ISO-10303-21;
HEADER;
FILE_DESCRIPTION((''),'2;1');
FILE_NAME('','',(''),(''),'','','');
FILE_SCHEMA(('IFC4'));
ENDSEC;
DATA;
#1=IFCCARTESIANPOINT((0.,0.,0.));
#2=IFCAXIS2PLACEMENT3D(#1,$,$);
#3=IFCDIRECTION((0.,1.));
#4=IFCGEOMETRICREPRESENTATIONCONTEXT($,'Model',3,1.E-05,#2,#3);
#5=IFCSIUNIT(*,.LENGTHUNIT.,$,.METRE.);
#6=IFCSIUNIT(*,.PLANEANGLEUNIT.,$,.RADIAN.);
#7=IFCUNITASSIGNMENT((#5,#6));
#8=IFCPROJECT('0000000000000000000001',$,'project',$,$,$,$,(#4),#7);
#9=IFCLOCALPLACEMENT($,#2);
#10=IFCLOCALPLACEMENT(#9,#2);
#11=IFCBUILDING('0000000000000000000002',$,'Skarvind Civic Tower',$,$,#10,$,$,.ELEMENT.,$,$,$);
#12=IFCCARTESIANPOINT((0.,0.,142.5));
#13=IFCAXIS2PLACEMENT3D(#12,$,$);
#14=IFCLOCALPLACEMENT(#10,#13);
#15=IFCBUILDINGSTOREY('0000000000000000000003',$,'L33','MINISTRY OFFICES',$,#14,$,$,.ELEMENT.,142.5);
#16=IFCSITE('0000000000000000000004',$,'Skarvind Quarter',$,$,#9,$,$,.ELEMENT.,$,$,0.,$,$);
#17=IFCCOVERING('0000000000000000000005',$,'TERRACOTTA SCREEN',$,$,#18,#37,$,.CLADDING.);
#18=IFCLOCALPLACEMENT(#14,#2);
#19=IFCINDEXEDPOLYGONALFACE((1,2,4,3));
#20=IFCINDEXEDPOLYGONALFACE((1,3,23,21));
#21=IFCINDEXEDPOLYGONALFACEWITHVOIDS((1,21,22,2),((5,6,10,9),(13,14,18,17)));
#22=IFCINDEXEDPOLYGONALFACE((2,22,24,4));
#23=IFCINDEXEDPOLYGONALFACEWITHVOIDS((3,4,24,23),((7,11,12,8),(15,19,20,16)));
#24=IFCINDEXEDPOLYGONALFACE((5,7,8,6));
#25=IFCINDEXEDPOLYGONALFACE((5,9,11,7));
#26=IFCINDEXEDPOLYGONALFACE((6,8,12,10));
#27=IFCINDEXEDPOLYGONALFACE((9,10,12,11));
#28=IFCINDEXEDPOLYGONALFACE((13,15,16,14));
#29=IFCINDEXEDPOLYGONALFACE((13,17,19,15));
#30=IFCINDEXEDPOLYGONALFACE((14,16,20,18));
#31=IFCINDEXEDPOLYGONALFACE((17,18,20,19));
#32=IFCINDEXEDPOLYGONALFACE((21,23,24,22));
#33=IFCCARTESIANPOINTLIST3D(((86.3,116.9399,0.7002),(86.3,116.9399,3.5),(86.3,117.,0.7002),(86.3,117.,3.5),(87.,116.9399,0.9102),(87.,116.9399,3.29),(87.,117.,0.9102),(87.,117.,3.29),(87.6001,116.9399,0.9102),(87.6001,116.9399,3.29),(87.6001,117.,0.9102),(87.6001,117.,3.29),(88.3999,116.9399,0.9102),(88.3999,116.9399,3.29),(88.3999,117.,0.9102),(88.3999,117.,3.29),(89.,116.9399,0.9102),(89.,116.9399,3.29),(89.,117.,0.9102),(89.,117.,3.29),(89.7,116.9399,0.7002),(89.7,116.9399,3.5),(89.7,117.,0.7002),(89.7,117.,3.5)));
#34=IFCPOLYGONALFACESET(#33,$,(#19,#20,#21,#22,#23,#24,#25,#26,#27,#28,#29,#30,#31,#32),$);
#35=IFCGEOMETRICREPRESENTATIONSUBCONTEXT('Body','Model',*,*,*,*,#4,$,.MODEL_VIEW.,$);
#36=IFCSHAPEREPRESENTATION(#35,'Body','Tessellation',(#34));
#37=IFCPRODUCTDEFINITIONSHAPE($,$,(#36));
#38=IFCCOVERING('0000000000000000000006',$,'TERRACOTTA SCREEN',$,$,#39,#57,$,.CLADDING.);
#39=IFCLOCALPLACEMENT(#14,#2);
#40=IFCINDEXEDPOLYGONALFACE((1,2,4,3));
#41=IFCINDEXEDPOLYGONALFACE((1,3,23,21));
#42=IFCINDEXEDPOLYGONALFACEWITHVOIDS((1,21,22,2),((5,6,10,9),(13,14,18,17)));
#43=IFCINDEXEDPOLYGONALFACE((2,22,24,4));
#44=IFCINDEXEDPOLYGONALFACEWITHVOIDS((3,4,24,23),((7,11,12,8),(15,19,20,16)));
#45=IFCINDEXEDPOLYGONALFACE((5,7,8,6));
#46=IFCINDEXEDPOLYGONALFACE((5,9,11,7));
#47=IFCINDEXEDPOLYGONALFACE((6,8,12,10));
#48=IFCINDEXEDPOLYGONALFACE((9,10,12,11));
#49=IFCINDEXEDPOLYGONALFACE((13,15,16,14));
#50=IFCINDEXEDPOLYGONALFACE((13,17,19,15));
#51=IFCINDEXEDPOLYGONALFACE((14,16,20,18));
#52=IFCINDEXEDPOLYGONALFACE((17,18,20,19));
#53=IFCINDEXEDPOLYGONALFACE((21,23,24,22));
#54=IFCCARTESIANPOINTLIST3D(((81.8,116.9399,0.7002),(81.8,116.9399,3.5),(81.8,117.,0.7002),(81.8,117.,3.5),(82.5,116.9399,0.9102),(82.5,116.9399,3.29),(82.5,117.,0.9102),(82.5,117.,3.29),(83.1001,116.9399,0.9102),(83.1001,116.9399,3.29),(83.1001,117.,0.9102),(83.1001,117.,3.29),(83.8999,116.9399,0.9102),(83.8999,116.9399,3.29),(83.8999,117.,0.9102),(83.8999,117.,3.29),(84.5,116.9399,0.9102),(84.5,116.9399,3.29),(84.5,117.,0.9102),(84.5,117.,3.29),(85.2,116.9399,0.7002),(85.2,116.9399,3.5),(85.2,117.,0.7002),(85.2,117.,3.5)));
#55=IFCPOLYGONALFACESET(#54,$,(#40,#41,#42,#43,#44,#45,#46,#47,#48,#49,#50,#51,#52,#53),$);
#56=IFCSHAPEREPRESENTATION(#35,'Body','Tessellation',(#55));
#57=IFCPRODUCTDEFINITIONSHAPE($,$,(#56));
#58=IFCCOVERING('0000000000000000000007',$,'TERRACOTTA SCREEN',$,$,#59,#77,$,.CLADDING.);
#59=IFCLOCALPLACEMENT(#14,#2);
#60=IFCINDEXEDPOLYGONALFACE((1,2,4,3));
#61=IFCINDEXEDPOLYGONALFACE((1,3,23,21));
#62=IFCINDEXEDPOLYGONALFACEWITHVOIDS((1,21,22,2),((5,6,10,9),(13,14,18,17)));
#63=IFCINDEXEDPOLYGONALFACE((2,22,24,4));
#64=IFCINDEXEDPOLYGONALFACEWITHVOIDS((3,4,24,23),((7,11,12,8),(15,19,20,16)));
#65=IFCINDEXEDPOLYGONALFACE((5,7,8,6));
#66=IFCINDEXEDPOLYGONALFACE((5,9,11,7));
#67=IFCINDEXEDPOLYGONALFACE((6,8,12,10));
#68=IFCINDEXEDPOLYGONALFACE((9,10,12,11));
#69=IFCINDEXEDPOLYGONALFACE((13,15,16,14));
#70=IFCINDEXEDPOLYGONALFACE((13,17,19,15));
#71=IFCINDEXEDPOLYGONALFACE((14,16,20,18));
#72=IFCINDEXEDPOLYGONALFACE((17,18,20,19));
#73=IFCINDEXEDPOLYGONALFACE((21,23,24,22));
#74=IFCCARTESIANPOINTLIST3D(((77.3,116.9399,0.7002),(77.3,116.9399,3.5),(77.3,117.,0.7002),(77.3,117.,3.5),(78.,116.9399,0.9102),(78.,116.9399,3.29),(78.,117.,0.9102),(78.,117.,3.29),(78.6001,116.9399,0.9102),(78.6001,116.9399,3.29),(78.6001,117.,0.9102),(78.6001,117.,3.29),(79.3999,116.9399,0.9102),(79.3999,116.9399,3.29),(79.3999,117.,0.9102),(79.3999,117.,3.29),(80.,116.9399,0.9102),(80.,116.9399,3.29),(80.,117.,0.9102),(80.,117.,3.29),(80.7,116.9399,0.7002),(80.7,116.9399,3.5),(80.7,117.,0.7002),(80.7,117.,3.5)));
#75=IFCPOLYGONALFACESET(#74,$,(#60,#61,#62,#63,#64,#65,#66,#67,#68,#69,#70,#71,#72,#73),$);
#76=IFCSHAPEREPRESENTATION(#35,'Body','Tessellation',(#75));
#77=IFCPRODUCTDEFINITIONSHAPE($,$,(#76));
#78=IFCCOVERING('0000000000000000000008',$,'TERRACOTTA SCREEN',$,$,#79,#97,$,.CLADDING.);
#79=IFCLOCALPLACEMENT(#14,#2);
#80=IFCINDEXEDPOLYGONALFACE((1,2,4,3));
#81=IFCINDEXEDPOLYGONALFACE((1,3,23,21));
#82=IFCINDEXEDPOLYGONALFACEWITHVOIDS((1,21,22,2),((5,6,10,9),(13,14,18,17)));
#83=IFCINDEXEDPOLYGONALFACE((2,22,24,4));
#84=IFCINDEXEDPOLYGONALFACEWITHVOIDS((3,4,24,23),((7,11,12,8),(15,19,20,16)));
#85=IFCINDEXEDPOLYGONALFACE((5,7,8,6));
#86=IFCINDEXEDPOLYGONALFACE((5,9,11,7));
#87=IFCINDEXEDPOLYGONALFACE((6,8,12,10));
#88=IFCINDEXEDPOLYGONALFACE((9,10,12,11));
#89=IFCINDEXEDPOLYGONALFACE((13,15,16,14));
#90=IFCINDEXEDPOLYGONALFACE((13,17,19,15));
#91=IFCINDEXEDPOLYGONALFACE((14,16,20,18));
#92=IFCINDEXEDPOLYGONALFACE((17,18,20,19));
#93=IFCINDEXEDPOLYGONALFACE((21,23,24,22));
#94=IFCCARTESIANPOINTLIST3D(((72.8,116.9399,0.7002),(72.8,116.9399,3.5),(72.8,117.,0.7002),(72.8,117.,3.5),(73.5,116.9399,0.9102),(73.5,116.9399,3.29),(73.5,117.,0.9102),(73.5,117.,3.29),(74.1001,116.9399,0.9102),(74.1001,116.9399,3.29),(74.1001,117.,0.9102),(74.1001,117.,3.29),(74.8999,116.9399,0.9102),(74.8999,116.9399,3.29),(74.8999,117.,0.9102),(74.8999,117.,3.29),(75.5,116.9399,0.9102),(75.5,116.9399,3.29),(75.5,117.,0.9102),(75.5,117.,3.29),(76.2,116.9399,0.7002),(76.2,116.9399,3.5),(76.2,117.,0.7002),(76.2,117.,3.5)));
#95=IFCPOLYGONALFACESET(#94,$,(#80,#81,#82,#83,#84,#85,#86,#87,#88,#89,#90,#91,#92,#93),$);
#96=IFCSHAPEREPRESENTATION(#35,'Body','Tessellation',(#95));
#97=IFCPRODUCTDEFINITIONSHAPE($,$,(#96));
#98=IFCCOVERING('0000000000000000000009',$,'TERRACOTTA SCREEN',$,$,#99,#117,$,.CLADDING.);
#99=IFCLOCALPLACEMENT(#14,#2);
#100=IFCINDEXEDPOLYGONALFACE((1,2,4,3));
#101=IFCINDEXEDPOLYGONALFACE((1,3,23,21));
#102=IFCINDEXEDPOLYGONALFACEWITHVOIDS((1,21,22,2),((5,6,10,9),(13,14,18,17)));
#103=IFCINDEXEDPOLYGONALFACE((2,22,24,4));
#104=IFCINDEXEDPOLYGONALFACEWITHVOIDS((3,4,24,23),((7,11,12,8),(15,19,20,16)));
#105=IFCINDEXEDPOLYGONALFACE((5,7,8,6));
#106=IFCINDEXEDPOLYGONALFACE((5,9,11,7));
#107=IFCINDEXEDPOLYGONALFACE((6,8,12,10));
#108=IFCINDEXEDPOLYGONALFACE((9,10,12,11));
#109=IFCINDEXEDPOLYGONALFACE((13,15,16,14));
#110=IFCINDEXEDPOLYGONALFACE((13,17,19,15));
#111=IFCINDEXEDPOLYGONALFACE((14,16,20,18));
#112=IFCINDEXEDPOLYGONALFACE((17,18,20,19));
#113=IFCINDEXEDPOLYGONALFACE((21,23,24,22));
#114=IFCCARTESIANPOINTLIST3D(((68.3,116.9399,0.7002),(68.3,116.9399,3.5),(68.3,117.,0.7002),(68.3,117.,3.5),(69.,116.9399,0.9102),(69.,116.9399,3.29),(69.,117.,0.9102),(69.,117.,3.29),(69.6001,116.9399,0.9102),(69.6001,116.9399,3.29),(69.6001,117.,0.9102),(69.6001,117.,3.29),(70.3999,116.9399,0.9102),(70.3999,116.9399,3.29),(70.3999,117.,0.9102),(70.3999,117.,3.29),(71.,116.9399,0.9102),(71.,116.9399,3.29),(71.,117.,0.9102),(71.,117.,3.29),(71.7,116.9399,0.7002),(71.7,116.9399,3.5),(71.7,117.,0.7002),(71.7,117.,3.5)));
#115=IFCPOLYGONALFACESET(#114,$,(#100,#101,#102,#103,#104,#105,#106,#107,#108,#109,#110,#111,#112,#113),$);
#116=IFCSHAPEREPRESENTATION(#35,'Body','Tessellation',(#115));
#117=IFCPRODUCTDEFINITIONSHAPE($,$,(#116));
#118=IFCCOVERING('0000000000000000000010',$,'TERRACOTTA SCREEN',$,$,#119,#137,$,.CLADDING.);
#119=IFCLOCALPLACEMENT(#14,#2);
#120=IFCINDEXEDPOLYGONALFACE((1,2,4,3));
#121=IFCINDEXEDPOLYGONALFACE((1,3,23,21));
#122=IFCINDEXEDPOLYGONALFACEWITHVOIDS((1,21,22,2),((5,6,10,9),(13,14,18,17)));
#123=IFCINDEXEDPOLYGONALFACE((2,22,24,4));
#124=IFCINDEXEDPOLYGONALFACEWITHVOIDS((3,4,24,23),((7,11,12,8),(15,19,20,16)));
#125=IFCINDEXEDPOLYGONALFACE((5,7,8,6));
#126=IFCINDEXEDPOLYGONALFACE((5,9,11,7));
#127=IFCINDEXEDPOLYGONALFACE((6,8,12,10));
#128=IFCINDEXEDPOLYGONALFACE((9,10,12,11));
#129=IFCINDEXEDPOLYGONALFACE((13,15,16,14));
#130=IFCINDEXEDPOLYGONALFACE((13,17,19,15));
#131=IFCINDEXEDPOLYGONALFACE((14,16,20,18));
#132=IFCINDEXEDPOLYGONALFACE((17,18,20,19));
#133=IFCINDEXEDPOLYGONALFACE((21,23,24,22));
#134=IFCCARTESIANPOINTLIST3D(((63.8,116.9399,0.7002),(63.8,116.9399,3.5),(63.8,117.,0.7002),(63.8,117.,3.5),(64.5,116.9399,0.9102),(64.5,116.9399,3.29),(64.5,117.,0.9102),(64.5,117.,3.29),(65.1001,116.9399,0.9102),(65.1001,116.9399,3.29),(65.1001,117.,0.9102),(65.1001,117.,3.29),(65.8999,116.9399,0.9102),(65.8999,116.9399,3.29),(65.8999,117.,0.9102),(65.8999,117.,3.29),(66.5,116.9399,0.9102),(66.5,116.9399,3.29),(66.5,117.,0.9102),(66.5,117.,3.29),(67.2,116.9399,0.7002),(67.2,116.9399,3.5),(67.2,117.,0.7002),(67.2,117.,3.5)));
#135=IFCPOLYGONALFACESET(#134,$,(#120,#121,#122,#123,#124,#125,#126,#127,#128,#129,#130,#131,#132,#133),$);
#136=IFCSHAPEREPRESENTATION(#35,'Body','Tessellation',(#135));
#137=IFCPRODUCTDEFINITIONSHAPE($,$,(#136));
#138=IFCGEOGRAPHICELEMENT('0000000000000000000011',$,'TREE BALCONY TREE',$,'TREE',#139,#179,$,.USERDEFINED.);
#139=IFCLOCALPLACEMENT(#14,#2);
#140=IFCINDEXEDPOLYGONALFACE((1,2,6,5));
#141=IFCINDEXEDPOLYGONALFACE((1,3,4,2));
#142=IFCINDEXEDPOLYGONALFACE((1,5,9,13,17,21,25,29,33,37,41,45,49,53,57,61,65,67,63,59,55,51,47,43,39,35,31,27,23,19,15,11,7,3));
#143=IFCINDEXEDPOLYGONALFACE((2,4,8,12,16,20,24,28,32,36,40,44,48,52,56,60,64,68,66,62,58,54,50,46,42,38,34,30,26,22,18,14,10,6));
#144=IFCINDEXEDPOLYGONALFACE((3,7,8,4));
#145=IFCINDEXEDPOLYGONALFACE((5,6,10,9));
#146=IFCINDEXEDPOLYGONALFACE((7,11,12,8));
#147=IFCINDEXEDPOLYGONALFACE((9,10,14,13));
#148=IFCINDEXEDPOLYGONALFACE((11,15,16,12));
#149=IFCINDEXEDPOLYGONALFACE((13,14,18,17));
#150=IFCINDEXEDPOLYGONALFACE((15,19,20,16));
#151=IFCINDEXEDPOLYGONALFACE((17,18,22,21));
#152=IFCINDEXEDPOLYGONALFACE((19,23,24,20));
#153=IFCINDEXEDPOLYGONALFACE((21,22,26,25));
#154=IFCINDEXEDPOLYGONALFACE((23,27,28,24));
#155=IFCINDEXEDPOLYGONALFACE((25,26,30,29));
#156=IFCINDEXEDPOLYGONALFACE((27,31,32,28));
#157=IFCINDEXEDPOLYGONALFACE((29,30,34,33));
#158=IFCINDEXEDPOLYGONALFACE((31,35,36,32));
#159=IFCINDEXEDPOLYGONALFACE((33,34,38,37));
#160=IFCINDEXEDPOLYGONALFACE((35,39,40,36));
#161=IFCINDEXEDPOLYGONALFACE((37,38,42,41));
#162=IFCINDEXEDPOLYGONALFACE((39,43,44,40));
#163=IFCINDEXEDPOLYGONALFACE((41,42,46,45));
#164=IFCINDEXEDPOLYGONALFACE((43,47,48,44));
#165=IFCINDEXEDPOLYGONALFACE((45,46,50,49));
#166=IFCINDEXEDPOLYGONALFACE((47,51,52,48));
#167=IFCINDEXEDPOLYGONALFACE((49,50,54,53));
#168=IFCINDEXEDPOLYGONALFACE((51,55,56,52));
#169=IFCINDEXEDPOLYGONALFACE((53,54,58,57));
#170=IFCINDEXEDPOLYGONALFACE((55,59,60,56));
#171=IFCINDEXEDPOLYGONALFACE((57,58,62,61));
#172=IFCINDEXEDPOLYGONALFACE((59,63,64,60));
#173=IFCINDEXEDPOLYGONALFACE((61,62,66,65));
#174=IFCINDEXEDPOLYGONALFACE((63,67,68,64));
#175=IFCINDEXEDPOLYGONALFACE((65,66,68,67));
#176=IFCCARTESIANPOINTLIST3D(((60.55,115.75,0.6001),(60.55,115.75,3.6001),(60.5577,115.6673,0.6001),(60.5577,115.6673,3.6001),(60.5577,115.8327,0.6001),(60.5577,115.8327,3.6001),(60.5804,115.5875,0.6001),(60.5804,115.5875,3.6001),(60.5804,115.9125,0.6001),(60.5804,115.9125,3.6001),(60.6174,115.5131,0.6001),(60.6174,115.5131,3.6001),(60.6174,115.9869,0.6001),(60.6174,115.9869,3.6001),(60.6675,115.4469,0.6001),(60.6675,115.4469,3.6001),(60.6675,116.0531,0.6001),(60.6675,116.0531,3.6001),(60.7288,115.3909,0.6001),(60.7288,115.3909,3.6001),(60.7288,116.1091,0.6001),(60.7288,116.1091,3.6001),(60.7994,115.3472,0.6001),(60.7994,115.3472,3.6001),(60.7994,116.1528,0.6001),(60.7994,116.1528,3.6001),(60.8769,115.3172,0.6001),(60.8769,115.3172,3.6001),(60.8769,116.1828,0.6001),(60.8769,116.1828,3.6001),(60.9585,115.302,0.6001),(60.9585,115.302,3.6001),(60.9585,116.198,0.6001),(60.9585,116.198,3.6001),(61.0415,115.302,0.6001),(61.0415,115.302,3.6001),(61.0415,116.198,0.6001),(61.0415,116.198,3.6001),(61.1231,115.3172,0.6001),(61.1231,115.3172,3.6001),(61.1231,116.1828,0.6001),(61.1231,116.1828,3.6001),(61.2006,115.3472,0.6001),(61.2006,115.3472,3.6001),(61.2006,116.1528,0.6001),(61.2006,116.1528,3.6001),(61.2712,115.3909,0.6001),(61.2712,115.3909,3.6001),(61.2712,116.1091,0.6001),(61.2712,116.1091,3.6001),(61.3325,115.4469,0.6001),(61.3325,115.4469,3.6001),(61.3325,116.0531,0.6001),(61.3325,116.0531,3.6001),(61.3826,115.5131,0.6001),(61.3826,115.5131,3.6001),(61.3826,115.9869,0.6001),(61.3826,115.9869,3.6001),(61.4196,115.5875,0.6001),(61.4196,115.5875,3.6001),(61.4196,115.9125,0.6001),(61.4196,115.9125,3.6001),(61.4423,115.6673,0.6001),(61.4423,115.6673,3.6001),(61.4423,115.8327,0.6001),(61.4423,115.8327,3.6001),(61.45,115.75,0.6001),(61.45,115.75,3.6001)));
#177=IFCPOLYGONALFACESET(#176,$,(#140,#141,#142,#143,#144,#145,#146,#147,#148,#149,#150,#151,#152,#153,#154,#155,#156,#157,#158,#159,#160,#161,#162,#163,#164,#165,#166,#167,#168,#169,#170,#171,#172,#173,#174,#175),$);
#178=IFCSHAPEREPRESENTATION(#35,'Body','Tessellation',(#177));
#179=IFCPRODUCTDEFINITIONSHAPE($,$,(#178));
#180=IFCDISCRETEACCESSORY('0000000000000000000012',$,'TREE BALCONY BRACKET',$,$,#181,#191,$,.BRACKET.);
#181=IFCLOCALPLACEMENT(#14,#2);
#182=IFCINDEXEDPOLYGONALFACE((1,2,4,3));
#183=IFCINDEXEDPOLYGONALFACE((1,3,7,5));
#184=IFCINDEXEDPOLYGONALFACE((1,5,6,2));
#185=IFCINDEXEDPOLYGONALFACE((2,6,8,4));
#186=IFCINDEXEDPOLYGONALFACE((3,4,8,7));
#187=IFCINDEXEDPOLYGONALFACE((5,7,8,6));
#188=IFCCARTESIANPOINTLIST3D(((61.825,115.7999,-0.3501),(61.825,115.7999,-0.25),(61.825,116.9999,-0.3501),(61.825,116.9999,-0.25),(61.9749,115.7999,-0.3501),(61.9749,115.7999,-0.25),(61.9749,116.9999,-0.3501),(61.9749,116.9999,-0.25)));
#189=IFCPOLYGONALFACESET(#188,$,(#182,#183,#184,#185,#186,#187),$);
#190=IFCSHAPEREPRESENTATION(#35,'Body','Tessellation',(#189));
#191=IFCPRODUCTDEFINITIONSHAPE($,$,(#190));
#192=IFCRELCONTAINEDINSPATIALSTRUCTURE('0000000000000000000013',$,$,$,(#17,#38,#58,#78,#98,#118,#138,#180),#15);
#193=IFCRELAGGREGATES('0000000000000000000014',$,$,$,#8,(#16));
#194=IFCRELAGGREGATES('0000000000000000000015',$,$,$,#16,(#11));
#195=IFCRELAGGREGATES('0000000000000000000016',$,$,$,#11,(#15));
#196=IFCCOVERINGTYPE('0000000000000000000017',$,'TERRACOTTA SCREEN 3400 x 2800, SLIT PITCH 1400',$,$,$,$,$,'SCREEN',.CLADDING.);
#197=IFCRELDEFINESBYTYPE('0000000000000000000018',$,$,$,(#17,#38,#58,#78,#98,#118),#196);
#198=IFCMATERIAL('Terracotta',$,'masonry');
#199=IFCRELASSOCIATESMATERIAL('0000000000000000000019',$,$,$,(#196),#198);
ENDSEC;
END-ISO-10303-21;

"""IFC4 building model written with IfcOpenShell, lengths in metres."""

from ifc_helpers import new_model, si_unit, direction, frame, origin, origin_2d, place, context, subcontext, project, spatial, polyline, rectangle, circle, outline, extrude, material, material_profile, profile_set, type_object, element, save


model = new_model("IFC4")

# Units and contexts
model_context = context("Model", 3, precision=1e-05, world=origin(), true_north=direction((0.0, 1.0)))
body_context = subcontext(model_context, "Body", "Model", "MODEL_VIEW")
ifc_project = project(units=[si_unit("LENGTHUNIT", "METRE"), si_unit("PLANEANGLEUNIT", "RADIAN")], contexts=[model_context])

# Site, building, storey
site_placement = place(None, origin())
site = spatial("IfcSite", under=ifc_project, at=site_placement, Name="Skarvind Quarter", CompositionType="ELEMENT", RefElevation=0.0)
building_placement = place(site_placement, origin())
building = spatial("IfcBuilding", under=site, at=building_placement, Name="Skarvind Civic Tower", CompositionType="ELEMENT")
storey_placement = place(building_placement, frame((0.0, 0.0, 142.5)))
storey = spatial("IfcBuildingStorey", under=building, at=storey_placement, Name="L33", Description="MINISTRY OFFICES", CompositionType="ELEMENT", Elevation=142.5)

# Coverings
ifc_material_1 = material(Name="Terracotta", Category="masonry")
ifc_material_profile_1 = material_profile(ifc_material_1, outline(polyline([(-1.7, -1.3999), (1.7, -1.3999), (1.7, 1.3999), (-1.7, 1.3999), (-1.7, -1.3999)]), holes=[polyline([(-1.0, -1.1899), (-0.3999, -1.1899), (-0.3999, 1.1899), (-1.0, 1.1899), (-1.0, -1.1899)]), polyline([(0.3999, -1.1899), (1.0, -1.1899), (1.0, 1.1899), (0.3999, 1.1899), (0.3999, -1.1899)])]), Name="TERRACOTTA SCREEN 3400 x 2800, SLIT PITCH 1400")
ifc_profile_set_1 = profile_set([ifc_material_profile_1], Name="Terracotta")
covering_type = type_object("IfcCoveringType", Name="TERRACOTTA SCREEN 3400 x 2800, SLIT PITCH 1400", ElementType="SCREEN", PredefinedType="CLADDING", material=ifc_profile_set_1)
for number, where, z_axis, x_axis, name in (
    (1, (88.0, 117.0, 2.1001), (0.0, -1.0, 0.0), (1.0, 0.0, 0.0), "TERRACOTTA SCREEN"),
    (2, (83.5, 117.0, 2.1001), (0.0, -1.0, 0.0), (1.0, 0.0, 0.0), "TERRACOTTA SCREEN"),
    (3, (79.0, 117.0, 2.1001), (0.0, -1.0, 0.0), (1.0, 0.0, 0.0), "TERRACOTTA SCREEN"),
    (4, (74.5, 117.0, 2.1001), (0.0, -1.0, 0.0), (1.0, 0.0, 0.0), "TERRACOTTA SCREEN"),
    (5, (70.0, 117.0, 2.1001), (0.0, -1.0, 0.0), (1.0, 0.0, 0.0), "TERRACOTTA SCREEN"),
    (6, (65.5, 117.0, 2.1001), (0.0, -1.0, 0.0), (1.0, 0.0, 0.0), "TERRACOTTA SCREEN"),
):
    element("IfcCovering", number, at=place(storey_placement, frame(where, z_axis=z_axis, x_axis=x_axis)), inside=storey, type_object=covering_type, Name=name, PredefinedType="CLADDING", context=body_context, shape_type="SweptSolid", body=[
        extrude(outline(polyline([(-1.7, -1.3999), (1.7, -1.3999), (1.7, 1.3999), (-1.7, 1.3999), (-1.7, -1.3999)]), holes=[polyline([(-1.0, -1.1899), (-0.3999, -1.1899), (-0.3999, 1.1899), (-1.0, 1.1899), (-1.0, -1.1899)]), polyline([(0.3999, -1.1899), (1.0, -1.1899), (1.0, 1.1899), (0.3999, 1.1899), (0.3999, -1.1899)])]), origin(), (0.0, 0.0, 1.0), 0.0601),
    ])

# Geographic element
geographic_element_placement = place(storey_placement, frame((61.0, 115.75, 0.6001), z_axis=(0.0, 0.0, 1.0), x_axis=(1.0, 0.0, 0.0)))
element("IfcGeographicElement", 7, at=geographic_element_placement, inside=storey, Name="TREE BALCONY TREE", ObjectType="TREE", PredefinedType="USERDEFINED", context=body_context, shape_type="SweptSolid", body=[
    extrude(circle(Radius=0.45, at=origin_2d()), origin(), (0.0, 0.0, 1.0), 3.0),
])

# Discrete accessory
discrete_accessory_placement = place(storey_placement, frame((61.8999, 116.3999, -0.3501), z_axis=(0.0, 0.0, 1.0), x_axis=(-1.0, 0.0, 0.0)))
element("IfcDiscreteAccessory", 8, at=discrete_accessory_placement, inside=storey, Name="TREE BALCONY BRACKET", PredefinedType="BRACKET", context=body_context, shape_type="SweptSolid", body=[
    extrude(rectangle(XDim=0.1499, YDim=1.2, at=origin_2d()), origin(), (0.0, 0.0, 1.0), 0.1001),
])

save(model, "model.ifc")
